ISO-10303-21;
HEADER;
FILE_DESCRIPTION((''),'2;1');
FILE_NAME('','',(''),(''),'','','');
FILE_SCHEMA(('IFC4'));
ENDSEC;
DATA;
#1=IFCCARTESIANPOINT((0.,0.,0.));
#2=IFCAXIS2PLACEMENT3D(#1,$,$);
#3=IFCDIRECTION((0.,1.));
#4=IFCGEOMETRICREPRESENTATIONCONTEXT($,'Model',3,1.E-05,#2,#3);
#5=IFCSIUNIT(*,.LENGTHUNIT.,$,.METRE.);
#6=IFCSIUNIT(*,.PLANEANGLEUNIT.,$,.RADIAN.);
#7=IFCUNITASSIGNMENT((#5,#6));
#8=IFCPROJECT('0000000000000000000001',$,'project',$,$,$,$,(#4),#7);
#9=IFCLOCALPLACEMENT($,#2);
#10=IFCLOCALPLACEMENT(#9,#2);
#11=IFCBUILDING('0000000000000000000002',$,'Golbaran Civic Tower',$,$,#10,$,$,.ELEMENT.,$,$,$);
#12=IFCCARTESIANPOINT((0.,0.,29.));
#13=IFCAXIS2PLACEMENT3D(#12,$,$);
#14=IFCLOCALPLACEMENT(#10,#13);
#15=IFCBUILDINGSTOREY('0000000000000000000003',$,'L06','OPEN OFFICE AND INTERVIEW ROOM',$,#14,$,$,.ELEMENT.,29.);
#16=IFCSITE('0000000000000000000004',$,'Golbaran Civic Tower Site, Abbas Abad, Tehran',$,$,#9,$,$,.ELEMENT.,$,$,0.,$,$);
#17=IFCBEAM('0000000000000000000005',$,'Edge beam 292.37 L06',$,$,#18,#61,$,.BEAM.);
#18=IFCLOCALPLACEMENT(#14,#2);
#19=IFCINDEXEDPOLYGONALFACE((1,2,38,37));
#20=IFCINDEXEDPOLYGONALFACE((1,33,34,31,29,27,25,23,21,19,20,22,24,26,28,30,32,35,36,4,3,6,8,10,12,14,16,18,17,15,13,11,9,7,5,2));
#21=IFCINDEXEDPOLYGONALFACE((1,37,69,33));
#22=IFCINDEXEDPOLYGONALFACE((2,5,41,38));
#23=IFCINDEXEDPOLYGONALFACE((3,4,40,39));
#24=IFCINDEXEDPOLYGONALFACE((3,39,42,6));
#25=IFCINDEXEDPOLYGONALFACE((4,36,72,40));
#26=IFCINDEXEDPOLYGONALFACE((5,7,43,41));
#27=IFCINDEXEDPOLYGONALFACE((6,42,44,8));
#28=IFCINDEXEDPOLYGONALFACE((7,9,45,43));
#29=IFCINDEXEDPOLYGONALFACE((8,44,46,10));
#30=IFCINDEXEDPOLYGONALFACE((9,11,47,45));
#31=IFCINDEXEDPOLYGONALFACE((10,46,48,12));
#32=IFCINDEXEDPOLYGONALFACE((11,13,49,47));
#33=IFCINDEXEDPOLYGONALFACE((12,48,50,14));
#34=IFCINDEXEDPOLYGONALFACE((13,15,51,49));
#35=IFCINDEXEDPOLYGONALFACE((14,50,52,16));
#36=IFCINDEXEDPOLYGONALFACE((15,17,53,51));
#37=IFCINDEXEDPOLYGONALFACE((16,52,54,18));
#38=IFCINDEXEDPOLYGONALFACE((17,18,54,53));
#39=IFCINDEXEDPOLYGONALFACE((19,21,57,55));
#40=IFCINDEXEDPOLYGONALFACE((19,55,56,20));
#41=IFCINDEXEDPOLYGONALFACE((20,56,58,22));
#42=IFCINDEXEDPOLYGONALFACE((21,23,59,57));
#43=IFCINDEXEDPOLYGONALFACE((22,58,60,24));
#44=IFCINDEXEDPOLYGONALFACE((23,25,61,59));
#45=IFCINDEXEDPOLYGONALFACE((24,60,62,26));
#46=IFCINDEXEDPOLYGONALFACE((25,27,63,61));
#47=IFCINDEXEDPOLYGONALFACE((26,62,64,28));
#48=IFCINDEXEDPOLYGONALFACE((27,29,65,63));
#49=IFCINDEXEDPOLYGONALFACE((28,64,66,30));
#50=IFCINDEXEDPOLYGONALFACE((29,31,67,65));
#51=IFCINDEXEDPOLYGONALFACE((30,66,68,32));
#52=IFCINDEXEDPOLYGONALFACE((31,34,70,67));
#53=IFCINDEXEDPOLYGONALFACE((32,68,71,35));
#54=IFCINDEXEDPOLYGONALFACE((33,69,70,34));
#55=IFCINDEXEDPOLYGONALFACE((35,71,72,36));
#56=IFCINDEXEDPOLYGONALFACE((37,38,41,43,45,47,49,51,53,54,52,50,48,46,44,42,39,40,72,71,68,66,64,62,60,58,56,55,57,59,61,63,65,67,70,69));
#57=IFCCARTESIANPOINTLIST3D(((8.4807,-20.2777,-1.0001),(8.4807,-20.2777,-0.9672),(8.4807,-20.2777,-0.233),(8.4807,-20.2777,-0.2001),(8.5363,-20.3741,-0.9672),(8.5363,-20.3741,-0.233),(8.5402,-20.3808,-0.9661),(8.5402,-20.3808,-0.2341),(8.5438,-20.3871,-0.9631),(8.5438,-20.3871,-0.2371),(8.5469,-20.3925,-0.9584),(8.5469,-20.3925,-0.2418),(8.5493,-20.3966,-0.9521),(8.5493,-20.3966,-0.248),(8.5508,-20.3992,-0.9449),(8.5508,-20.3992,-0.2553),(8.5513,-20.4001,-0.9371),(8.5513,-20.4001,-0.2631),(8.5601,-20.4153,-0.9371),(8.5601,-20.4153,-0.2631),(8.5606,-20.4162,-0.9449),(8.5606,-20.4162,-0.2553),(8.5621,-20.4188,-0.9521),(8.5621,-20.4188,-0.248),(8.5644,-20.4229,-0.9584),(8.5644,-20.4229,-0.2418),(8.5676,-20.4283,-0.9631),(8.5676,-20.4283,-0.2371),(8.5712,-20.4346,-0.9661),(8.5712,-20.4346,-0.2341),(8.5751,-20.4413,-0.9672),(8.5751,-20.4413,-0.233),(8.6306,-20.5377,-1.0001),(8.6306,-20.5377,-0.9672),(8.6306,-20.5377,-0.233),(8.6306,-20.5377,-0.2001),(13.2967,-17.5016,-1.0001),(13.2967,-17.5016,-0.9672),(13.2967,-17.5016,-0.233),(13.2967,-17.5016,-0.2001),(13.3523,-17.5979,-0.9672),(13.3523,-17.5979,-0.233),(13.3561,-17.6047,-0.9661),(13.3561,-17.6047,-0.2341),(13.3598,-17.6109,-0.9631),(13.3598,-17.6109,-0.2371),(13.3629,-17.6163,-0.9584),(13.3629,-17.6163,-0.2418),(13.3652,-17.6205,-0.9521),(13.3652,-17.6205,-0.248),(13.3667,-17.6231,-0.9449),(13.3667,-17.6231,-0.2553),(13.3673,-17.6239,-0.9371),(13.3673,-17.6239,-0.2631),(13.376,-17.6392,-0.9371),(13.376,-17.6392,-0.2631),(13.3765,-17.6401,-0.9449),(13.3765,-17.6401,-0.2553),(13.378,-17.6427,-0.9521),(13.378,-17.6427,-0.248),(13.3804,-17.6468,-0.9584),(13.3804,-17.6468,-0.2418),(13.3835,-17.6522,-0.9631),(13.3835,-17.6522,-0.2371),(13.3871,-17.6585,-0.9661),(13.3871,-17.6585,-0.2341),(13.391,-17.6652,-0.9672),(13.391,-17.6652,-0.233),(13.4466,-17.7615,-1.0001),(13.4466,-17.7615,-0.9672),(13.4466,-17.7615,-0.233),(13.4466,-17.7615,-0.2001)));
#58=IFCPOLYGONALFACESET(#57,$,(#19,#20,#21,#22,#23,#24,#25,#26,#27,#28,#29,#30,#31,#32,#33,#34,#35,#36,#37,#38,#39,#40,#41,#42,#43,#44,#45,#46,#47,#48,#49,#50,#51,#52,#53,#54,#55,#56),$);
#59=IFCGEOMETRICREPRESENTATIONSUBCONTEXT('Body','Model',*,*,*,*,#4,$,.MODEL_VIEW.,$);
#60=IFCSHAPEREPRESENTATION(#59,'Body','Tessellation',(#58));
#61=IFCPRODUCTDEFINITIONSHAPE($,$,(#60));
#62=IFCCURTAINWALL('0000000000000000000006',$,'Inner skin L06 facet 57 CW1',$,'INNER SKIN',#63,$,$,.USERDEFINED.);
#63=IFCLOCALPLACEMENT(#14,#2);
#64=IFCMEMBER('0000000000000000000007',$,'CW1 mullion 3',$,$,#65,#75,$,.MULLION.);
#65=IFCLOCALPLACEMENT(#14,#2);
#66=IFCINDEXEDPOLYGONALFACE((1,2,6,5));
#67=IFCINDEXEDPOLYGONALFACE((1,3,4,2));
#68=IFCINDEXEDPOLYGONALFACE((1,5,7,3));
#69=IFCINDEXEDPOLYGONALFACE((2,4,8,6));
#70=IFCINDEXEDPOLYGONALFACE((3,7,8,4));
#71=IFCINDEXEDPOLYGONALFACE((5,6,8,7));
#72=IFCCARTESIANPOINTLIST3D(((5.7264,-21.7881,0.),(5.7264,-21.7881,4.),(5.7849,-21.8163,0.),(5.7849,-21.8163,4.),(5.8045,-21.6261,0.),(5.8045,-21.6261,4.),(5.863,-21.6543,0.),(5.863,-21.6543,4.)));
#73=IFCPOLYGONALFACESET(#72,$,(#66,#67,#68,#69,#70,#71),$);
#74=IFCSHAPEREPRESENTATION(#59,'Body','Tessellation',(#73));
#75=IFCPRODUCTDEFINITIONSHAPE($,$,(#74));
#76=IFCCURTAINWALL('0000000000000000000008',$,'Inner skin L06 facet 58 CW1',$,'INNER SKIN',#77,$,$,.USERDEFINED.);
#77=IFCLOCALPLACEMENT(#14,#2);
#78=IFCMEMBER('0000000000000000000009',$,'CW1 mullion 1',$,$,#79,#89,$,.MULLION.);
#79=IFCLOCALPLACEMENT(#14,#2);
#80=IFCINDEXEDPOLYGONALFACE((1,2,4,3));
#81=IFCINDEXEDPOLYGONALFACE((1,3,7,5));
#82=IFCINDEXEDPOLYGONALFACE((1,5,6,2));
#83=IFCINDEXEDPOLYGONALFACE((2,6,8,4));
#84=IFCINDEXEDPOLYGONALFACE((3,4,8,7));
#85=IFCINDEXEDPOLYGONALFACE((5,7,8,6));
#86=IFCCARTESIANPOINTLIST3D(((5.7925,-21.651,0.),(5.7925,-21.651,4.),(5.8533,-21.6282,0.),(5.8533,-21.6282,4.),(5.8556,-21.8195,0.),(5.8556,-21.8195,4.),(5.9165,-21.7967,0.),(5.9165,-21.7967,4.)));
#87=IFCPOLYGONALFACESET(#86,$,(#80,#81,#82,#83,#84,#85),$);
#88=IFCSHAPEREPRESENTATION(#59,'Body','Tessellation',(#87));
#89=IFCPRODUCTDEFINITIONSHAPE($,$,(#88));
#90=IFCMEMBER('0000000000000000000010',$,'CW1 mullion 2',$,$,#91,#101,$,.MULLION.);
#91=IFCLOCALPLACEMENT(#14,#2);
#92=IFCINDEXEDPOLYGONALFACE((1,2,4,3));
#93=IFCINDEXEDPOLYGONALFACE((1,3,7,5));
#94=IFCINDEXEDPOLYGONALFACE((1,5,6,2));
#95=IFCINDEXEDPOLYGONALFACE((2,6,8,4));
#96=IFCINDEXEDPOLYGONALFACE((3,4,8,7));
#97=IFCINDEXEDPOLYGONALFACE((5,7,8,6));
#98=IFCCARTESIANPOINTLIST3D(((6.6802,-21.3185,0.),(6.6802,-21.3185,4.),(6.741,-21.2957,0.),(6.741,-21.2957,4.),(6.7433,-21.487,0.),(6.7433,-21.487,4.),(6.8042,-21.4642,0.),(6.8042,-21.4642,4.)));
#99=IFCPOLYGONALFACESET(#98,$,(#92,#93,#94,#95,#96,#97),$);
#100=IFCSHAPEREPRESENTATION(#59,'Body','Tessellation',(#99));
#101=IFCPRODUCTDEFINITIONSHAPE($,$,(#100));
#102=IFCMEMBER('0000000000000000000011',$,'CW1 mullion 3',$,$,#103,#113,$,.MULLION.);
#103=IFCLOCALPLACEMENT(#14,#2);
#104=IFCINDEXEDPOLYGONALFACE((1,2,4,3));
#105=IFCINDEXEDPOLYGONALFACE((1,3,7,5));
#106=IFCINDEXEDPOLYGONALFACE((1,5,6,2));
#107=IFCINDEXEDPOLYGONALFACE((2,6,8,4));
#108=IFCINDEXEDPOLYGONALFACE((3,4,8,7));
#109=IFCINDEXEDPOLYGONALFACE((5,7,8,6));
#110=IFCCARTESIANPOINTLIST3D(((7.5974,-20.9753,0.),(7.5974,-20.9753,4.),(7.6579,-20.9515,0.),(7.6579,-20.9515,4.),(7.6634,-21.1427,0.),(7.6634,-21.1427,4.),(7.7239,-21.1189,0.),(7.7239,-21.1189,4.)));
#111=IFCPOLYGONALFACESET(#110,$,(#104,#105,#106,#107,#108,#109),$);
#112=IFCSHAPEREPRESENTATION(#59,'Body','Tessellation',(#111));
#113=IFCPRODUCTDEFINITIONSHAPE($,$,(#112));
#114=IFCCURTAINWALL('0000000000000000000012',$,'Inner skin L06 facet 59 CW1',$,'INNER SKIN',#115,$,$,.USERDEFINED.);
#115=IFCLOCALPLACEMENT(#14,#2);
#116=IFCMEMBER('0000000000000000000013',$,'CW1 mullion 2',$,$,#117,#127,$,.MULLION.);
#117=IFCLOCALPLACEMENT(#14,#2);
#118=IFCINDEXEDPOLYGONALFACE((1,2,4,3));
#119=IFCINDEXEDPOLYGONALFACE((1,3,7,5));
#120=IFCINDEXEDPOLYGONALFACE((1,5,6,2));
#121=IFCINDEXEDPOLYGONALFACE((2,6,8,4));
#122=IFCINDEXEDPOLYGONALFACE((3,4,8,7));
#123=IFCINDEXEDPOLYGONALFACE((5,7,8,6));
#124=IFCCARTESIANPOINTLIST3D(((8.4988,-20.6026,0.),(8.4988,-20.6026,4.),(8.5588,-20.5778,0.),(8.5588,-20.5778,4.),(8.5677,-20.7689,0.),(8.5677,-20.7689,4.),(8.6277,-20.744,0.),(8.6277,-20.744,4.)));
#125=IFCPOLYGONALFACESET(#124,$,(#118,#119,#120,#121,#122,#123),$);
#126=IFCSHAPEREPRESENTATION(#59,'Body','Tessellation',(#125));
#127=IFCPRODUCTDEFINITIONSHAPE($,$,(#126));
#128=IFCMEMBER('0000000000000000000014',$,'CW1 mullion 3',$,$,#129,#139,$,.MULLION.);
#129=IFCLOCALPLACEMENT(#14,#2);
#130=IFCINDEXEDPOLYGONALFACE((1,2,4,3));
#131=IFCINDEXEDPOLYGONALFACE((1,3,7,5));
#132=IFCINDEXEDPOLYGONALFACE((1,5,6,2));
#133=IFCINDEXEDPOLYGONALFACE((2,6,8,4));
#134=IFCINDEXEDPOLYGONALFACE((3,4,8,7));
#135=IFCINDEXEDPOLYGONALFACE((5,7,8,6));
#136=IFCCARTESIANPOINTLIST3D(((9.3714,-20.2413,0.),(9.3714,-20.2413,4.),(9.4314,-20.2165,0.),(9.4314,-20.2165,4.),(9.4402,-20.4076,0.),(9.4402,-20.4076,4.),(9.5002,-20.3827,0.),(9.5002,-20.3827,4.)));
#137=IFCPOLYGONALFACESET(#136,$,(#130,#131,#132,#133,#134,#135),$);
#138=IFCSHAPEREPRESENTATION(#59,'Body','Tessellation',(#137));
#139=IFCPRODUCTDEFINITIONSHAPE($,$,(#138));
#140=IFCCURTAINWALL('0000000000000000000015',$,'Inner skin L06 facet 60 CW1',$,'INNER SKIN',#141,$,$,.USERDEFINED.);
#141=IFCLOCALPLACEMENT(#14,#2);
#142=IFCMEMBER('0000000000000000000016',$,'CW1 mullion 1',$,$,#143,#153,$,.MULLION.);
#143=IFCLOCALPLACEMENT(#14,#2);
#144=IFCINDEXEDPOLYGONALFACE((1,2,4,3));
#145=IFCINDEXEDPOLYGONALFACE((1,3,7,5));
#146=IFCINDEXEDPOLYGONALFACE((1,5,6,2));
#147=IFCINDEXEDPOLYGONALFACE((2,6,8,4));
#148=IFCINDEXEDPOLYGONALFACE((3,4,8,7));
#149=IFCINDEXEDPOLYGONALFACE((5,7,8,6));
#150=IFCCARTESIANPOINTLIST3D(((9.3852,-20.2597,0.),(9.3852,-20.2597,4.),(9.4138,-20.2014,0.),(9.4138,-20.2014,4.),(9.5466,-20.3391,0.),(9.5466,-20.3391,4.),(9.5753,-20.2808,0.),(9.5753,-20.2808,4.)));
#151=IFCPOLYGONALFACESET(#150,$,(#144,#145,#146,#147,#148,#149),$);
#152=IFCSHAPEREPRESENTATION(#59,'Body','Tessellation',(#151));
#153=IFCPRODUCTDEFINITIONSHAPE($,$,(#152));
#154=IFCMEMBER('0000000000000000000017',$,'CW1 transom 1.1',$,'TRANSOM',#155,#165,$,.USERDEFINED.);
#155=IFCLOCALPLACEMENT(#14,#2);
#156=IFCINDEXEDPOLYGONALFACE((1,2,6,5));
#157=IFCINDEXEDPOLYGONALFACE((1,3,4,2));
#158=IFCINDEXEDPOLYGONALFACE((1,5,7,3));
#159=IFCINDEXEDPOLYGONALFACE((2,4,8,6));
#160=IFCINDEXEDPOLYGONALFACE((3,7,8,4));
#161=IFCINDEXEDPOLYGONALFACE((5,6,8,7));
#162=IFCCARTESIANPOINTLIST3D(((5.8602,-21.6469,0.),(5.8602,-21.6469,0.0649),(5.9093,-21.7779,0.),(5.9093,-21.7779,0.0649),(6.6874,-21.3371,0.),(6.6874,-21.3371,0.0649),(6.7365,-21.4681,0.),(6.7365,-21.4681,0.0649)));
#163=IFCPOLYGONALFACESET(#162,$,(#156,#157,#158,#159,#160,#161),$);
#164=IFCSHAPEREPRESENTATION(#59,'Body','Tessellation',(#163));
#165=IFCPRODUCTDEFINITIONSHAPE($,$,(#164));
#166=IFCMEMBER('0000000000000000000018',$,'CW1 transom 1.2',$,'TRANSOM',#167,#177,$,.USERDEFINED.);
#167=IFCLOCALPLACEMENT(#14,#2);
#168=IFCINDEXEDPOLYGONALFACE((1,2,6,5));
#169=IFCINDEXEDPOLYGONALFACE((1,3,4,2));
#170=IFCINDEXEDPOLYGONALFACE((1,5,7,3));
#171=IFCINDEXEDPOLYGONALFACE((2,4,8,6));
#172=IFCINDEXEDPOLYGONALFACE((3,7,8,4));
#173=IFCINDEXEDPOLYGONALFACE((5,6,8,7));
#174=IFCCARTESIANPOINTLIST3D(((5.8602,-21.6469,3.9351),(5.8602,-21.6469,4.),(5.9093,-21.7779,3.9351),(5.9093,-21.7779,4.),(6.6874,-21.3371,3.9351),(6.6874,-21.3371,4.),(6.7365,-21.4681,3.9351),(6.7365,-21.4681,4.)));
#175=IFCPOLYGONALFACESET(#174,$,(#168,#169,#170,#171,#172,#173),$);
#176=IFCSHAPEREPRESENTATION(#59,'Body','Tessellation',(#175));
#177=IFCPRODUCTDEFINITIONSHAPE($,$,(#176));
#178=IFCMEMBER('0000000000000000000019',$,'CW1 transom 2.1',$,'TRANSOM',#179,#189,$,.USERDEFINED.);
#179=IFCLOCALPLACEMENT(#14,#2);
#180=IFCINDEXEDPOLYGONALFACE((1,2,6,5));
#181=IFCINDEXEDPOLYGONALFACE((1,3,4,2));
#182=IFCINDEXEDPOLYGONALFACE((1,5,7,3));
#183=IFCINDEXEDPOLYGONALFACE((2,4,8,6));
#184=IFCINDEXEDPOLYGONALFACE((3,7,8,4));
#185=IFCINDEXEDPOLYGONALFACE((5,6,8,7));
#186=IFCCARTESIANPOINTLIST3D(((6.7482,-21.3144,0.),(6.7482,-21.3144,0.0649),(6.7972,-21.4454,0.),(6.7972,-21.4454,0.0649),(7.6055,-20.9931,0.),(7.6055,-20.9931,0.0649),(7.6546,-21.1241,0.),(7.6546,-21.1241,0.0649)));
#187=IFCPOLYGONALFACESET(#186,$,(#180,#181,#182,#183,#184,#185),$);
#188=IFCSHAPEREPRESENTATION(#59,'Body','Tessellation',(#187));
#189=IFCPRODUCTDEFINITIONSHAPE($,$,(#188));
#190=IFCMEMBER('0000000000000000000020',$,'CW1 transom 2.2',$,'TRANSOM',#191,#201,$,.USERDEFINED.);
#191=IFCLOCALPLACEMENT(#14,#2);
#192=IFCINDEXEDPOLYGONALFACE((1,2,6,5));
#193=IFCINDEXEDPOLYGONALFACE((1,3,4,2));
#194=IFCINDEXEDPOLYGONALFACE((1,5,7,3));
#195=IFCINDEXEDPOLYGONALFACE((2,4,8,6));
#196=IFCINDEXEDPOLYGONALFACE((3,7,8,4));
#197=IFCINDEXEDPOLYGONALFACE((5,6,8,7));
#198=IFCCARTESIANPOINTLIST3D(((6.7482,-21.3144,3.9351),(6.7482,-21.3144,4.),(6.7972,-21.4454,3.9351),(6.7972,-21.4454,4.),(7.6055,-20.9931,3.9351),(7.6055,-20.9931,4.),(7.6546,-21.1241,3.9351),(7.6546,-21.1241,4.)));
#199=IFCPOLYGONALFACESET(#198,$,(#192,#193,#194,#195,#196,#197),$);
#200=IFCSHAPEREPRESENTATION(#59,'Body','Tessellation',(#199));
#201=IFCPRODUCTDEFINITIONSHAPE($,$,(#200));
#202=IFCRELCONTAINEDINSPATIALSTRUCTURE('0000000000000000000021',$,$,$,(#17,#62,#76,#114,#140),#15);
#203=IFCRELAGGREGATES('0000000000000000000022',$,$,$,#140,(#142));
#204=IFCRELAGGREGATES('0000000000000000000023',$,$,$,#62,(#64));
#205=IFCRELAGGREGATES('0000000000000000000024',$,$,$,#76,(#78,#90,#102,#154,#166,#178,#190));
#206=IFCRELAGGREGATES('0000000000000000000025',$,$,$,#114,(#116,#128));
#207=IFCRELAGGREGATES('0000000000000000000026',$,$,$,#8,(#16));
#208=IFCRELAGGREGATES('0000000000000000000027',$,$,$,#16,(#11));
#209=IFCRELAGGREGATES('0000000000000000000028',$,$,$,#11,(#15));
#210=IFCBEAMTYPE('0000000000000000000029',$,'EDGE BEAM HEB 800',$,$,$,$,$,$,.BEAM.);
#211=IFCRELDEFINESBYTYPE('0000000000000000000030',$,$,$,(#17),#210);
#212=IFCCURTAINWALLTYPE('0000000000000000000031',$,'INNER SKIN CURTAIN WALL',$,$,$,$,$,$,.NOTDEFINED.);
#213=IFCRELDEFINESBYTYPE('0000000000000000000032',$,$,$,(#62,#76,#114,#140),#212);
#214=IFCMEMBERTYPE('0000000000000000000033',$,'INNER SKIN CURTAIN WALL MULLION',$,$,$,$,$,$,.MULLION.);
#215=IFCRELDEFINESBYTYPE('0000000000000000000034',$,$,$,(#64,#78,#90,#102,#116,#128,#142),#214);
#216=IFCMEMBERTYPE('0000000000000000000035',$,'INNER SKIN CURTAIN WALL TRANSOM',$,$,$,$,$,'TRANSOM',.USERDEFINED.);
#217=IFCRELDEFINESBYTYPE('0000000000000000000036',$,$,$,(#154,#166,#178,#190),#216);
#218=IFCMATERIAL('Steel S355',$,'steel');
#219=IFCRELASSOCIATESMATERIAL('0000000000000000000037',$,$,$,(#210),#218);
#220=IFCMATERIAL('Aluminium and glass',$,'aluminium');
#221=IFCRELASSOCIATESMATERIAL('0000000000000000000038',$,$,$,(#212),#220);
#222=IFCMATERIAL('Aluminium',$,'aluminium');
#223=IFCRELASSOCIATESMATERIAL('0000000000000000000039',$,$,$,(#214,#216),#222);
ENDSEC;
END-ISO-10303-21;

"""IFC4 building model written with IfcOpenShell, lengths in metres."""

from ifc_helpers import new_model, si_unit, direction, frame, origin, origin_2d, place, context, subcontext, project, spatial, rectangle, i_section, extrude, material, material_profile, profile_set, type_object, element, aggregate, save


model = new_model("IFC4")

# Units and contexts
model_context = context("Model", 3, precision=1e-05, world=origin(), true_north=direction((0.0, 1.0)))
body_context = subcontext(model_context, "Body", "Model", "MODEL_VIEW")
ifc_project = project(units=[si_unit("LENGTHUNIT", "METRE"), si_unit("PLANEANGLEUNIT", "RADIAN")], contexts=[model_context])

# Site, building, storey
site_placement = place(None, origin())
site = spatial("IfcSite", under=ifc_project, at=site_placement, Name="Golbaran Civic Tower Site, Abbas Abad, Tehran", CompositionType="ELEMENT", RefElevation=0.0)
building_placement = place(site_placement, origin())
building = spatial("IfcBuilding", under=site, at=building_placement, Name="Golbaran Civic Tower", CompositionType="ELEMENT")
storey_placement = place(building_placement, frame((0.0, 0.0, 29.0)))
storey = spatial("IfcBuildingStorey", under=building, at=storey_placement, Name="L06", Description="OPEN OFFICE AND INTERVIEW ROOM", CompositionType="ELEMENT", Elevation=29.0)

# Beam
ifc_material_1 = material(Name="Steel S355", Category="steel")
ifc_material_profile_1 = material_profile(ifc_material_1, i_section(OverallWidth=0.3, OverallDepth=0.8, WebThickness=0.0176, FlangeThickness=0.033, FilletRadius=0.03, at=origin_2d()), Name="HEB 800")
ifc_profile_set_1 = profile_set([ifc_material_profile_1], Name="Steel S355")
beam_type = type_object("IfcBeamType", Name="EDGE BEAM HEB 800", PredefinedType="BEAM", material=ifc_profile_set_1)
beam_placement = place(storey_placement, frame((8.5557, -20.4077, -0.6001), z_axis=(0.866364, 0.499413, 0.0), x_axis=(-0.499413, 0.866364, 0.0)))
element("IfcBeam", 1, at=beam_placement, inside=storey, type_object=beam_type, Name="Edge beam 292.37 L06", PredefinedType="BEAM", context=body_context, shape_type="SweptSolid", body=[
    extrude(i_section(OverallWidth=0.3, OverallDepth=0.8, WebThickness=0.0176, FlangeThickness=0.033, FilletRadius=0.03, at=origin_2d()), origin(), (0.0, 0.0, 1.0), 5.5588),
])

# Curtain wall, member
ifc_material_2 = material(Name="Aluminium and glass", Category="aluminium")
curtain_wall_type = type_object("IfcCurtainWallType", Name="INNER SKIN CURTAIN WALL", PredefinedType="NOTDEFINED", material=ifc_material_2)
curtain_wall_1_placement = place(storey_placement, origin())
curtain_wall_1 = element("IfcCurtainWall", 2, at=curtain_wall_1_placement, inside=storey, type_object=curtain_wall_type, Name="Inner skin L06 facet 57 CW1", ObjectType="INNER SKIN", PredefinedType="USERDEFINED")
ifc_material_3 = material(Name="Aluminium", Category="aluminium")
ifc_material_profile_2 = material_profile(ifc_material_3, rectangle(XDim=0.1799, YDim=0.0649, at=origin_2d()), Name="INNER SKIN CURTAIN WALL MULLION")
ifc_profile_set_2 = profile_set([ifc_material_profile_2], Name="Aluminium")
member_type_1 = type_object("IfcMemberType", Name="INNER SKIN CURTAIN WALL MULLION", PredefinedType="MULLION", material=ifc_profile_set_2)
member_1_placement = place(storey_placement, frame((5.7947, -21.7212, 0.0), z_axis=(0.0, 0.0, 1.0), x_axis=(0.434302, 0.900767, 0.0)))
member_1 = element("IfcMember", 3, at=member_1_placement, type_object=member_type_1, Name="CW1 mullion 3", PredefinedType="MULLION", context=body_context, shape_type="SweptSolid", body=[
    extrude(rectangle(XDim=0.1799, YDim=0.0649, at=origin_2d()), origin(), (0.0, 0.0, 1.0), 4.0),
])

# Curtain walls, members
curtain_wall_2_placement = place(storey_placement, origin())
curtain_wall_2 = element("IfcCurtainWall", 4, at=curtain_wall_2_placement, inside=storey, type_object=curtain_wall_type, Name="Inner skin L06 facet 58 CW1", ObjectType="INNER SKIN", PredefinedType="USERDEFINED")
member_2_placement = place(storey_placement, frame((5.8545, -21.7239, 0.0), z_axis=(0.0, 0.0, 1.0), x_axis=(-0.350808, 0.936447, 0.0)))
member_2 = element("IfcMember", 5, at=member_2_placement, type_object=member_type_1, Name="CW1 mullion 1", PredefinedType="MULLION", context=body_context, shape_type="SweptSolid", body=[
    extrude(rectangle(XDim=0.1799, YDim=0.0649, at=origin_2d()), origin(), (0.0, 0.0, 1.0), 4.0),
])
member_3_placement = place(storey_placement, frame((6.7422, -21.3914, 0.0), z_axis=(0.0, 0.0, 1.0), x_axis=(-0.350808, 0.936447, 0.0)))
member_3 = element("IfcMember", 6, at=member_3_placement, type_object=member_type_1, Name="CW1 mullion 2", PredefinedType="MULLION", context=body_context, shape_type="SweptSolid", body=[
    extrude(rectangle(XDim=0.1799, YDim=0.0649, at=origin_2d()), origin(), (0.0, 0.0, 1.0), 4.0),
])
member_4_placement = place(storey_placement, frame((7.6606, -21.0471, 0.0), z_axis=(0.0, 0.0, 1.0), x_axis=(-0.3668, 0.9303, 0.0)))
member_4 = element("IfcMember", 7, at=member_4_placement, type_object=member_type_1, Name="CW1 mullion 3", PredefinedType="MULLION", context=body_context, shape_type="SweptSolid", body=[
    extrude(rectangle(XDim=0.1799, YDim=0.0649, at=origin_2d()), origin(), (0.0, 0.0, 1.0), 4.0),
])
curtain_wall_3_placement = place(storey_placement, origin())
curtain_wall_3 = element("IfcCurtainWall", 8, at=curtain_wall_3_placement, inside=storey, type_object=curtain_wall_type, Name="Inner skin L06 facet 59 CW1", ObjectType="INNER SKIN", PredefinedType="USERDEFINED")
member_5_placement = place(storey_placement, frame((8.5632, -20.6733, 0.0), z_axis=(0.0, 0.0, 1.0), x_axis=(-0.382683, 0.92388, 0.0)))
member_5 = element("IfcMember", 9, at=member_5_placement, type_object=member_type_1, Name="CW1 mullion 2", PredefinedType="MULLION", context=body_context, shape_type="SweptSolid", body=[
    extrude(rectangle(XDim=0.1799, YDim=0.0649, at=origin_2d()), origin(), (0.0, 0.0, 1.0), 4.0),
])
member_6_placement = place(storey_placement, frame((9.4358, -20.312, 0.0), z_axis=(0.0, 0.0, 1.0), x_axis=(-0.382683, 0.92388, 0.0)))
member_6 = element("IfcMember", 10, at=member_6_placement, type_object=member_type_1, Name="CW1 mullion 3", PredefinedType="MULLION", context=body_context, shape_type="SweptSolid", body=[
    extrude(rectangle(XDim=0.1799, YDim=0.0649, at=origin_2d()), origin(), (0.0, 0.0, 1.0), 4.0),
])

# Curtain wall, member
curtain_wall_4_placement = place(storey_placement, origin())
curtain_wall_4 = element("IfcCurtainWall", 11, at=curtain_wall_4_placement, inside=storey, type_object=curtain_wall_type, Name="Inner skin L06 facet 60 CW1", ObjectType="INNER SKIN", PredefinedType="USERDEFINED")
member_7_placement = place(storey_placement, frame((9.4802, -20.2703, 0.0), z_axis=(0.0, 0.0, 1.0), x_axis=(-0.897405, 0.441207, 0.0)))
member_7 = element("IfcMember", 12, at=member_7_placement, type_object=member_type_1, Name="CW1 mullion 1", PredefinedType="MULLION", context=body_context, shape_type="SweptSolid", body=[
    extrude(rectangle(XDim=0.1799, YDim=0.0649, at=origin_2d()), origin(), (0.0, 0.0, 1.0), 4.0),
])
aggregate(curtain_wall_4, [member_7])

# Members
ifc_material_profile_3 = material_profile(ifc_material_3, rectangle(XDim=0.1399, YDim=0.0649, at=origin_2d()), Name="INNER SKIN CURTAIN WALL TRANSOM")
ifc_profile_set_3 = profile_set([ifc_material_profile_3], Name="Aluminium")
member_type_2 = type_object("IfcMemberType", Name="INNER SKIN CURTAIN WALL TRANSOM", ElementType="TRANSOM", PredefinedType="USERDEFINED", material=ifc_profile_set_3)
member_8_placement = place(storey_placement, frame((5.8848, -21.7124, 0.0325), z_axis=(0.936465, 0.35076, 0.0), x_axis=(-0.35076, 0.936465, 0.0)))
member_8 = element("IfcMember", 13, at=member_8_placement, type_object=member_type_2, Name="CW1 transom 1.1", ObjectType="TRANSOM", PredefinedType="USERDEFINED", context=body_context, shape_type="SweptSolid", body=[
    extrude(rectangle(XDim=0.1399, YDim=0.0649, at=origin_2d()), origin(), (0.0, 0.0, 1.0), 0.8833),
])
member_9_placement = place(storey_placement, frame((5.8848, -21.7124, 3.9675), z_axis=(0.936465, 0.35076, 0.0), x_axis=(-0.35076, 0.936465, 0.0)))
member_9 = element("IfcMember", 14, at=member_9_placement, type_object=member_type_2, Name="CW1 transom 1.2", ObjectType="TRANSOM", PredefinedType="USERDEFINED", context=body_context, shape_type="SweptSolid", body=[
    extrude(rectangle(XDim=0.1399, YDim=0.0649, at=origin_2d()), origin(), (0.0, 0.0, 1.0), 0.8833),
])
member_10_placement = place(storey_placement, frame((6.7727, -21.3799, 0.0325), z_axis=(0.936417, 0.35089, 0.0), x_axis=(-0.35089, 0.936417, 0.0)))
member_10 = element("IfcMember", 15, at=member_10_placement, type_object=member_type_2, Name="CW1 transom 2.1", ObjectType="TRANSOM", PredefinedType="USERDEFINED", context=body_context, shape_type="SweptSolid", body=[
    extrude(rectangle(XDim=0.1399, YDim=0.0649, at=origin_2d()), origin(), (0.0, 0.0, 1.0), 0.9155),
])
member_11_placement = place(storey_placement, frame((6.7727, -21.3799, 3.9675), z_axis=(0.936417, 0.35089, 0.0), x_axis=(-0.35089, 0.936417, 0.0)))
member_11 = element("IfcMember", 16, at=member_11_placement, type_object=member_type_2, Name="CW1 transom 2.2", ObjectType="TRANSOM", PredefinedType="USERDEFINED", context=body_context, shape_type="SweptSolid", body=[
    extrude(rectangle(XDim=0.1399, YDim=0.0649, at=origin_2d()), origin(), (0.0, 0.0, 1.0), 0.9155),
])

aggregate(curtain_wall_1, [member_1])
aggregate(curtain_wall_2, [member_2, member_3, member_4, member_8, member_9, member_10, member_11])
aggregate(curtain_wall_3, [member_5, member_6])

save(model, "model.ifc")
